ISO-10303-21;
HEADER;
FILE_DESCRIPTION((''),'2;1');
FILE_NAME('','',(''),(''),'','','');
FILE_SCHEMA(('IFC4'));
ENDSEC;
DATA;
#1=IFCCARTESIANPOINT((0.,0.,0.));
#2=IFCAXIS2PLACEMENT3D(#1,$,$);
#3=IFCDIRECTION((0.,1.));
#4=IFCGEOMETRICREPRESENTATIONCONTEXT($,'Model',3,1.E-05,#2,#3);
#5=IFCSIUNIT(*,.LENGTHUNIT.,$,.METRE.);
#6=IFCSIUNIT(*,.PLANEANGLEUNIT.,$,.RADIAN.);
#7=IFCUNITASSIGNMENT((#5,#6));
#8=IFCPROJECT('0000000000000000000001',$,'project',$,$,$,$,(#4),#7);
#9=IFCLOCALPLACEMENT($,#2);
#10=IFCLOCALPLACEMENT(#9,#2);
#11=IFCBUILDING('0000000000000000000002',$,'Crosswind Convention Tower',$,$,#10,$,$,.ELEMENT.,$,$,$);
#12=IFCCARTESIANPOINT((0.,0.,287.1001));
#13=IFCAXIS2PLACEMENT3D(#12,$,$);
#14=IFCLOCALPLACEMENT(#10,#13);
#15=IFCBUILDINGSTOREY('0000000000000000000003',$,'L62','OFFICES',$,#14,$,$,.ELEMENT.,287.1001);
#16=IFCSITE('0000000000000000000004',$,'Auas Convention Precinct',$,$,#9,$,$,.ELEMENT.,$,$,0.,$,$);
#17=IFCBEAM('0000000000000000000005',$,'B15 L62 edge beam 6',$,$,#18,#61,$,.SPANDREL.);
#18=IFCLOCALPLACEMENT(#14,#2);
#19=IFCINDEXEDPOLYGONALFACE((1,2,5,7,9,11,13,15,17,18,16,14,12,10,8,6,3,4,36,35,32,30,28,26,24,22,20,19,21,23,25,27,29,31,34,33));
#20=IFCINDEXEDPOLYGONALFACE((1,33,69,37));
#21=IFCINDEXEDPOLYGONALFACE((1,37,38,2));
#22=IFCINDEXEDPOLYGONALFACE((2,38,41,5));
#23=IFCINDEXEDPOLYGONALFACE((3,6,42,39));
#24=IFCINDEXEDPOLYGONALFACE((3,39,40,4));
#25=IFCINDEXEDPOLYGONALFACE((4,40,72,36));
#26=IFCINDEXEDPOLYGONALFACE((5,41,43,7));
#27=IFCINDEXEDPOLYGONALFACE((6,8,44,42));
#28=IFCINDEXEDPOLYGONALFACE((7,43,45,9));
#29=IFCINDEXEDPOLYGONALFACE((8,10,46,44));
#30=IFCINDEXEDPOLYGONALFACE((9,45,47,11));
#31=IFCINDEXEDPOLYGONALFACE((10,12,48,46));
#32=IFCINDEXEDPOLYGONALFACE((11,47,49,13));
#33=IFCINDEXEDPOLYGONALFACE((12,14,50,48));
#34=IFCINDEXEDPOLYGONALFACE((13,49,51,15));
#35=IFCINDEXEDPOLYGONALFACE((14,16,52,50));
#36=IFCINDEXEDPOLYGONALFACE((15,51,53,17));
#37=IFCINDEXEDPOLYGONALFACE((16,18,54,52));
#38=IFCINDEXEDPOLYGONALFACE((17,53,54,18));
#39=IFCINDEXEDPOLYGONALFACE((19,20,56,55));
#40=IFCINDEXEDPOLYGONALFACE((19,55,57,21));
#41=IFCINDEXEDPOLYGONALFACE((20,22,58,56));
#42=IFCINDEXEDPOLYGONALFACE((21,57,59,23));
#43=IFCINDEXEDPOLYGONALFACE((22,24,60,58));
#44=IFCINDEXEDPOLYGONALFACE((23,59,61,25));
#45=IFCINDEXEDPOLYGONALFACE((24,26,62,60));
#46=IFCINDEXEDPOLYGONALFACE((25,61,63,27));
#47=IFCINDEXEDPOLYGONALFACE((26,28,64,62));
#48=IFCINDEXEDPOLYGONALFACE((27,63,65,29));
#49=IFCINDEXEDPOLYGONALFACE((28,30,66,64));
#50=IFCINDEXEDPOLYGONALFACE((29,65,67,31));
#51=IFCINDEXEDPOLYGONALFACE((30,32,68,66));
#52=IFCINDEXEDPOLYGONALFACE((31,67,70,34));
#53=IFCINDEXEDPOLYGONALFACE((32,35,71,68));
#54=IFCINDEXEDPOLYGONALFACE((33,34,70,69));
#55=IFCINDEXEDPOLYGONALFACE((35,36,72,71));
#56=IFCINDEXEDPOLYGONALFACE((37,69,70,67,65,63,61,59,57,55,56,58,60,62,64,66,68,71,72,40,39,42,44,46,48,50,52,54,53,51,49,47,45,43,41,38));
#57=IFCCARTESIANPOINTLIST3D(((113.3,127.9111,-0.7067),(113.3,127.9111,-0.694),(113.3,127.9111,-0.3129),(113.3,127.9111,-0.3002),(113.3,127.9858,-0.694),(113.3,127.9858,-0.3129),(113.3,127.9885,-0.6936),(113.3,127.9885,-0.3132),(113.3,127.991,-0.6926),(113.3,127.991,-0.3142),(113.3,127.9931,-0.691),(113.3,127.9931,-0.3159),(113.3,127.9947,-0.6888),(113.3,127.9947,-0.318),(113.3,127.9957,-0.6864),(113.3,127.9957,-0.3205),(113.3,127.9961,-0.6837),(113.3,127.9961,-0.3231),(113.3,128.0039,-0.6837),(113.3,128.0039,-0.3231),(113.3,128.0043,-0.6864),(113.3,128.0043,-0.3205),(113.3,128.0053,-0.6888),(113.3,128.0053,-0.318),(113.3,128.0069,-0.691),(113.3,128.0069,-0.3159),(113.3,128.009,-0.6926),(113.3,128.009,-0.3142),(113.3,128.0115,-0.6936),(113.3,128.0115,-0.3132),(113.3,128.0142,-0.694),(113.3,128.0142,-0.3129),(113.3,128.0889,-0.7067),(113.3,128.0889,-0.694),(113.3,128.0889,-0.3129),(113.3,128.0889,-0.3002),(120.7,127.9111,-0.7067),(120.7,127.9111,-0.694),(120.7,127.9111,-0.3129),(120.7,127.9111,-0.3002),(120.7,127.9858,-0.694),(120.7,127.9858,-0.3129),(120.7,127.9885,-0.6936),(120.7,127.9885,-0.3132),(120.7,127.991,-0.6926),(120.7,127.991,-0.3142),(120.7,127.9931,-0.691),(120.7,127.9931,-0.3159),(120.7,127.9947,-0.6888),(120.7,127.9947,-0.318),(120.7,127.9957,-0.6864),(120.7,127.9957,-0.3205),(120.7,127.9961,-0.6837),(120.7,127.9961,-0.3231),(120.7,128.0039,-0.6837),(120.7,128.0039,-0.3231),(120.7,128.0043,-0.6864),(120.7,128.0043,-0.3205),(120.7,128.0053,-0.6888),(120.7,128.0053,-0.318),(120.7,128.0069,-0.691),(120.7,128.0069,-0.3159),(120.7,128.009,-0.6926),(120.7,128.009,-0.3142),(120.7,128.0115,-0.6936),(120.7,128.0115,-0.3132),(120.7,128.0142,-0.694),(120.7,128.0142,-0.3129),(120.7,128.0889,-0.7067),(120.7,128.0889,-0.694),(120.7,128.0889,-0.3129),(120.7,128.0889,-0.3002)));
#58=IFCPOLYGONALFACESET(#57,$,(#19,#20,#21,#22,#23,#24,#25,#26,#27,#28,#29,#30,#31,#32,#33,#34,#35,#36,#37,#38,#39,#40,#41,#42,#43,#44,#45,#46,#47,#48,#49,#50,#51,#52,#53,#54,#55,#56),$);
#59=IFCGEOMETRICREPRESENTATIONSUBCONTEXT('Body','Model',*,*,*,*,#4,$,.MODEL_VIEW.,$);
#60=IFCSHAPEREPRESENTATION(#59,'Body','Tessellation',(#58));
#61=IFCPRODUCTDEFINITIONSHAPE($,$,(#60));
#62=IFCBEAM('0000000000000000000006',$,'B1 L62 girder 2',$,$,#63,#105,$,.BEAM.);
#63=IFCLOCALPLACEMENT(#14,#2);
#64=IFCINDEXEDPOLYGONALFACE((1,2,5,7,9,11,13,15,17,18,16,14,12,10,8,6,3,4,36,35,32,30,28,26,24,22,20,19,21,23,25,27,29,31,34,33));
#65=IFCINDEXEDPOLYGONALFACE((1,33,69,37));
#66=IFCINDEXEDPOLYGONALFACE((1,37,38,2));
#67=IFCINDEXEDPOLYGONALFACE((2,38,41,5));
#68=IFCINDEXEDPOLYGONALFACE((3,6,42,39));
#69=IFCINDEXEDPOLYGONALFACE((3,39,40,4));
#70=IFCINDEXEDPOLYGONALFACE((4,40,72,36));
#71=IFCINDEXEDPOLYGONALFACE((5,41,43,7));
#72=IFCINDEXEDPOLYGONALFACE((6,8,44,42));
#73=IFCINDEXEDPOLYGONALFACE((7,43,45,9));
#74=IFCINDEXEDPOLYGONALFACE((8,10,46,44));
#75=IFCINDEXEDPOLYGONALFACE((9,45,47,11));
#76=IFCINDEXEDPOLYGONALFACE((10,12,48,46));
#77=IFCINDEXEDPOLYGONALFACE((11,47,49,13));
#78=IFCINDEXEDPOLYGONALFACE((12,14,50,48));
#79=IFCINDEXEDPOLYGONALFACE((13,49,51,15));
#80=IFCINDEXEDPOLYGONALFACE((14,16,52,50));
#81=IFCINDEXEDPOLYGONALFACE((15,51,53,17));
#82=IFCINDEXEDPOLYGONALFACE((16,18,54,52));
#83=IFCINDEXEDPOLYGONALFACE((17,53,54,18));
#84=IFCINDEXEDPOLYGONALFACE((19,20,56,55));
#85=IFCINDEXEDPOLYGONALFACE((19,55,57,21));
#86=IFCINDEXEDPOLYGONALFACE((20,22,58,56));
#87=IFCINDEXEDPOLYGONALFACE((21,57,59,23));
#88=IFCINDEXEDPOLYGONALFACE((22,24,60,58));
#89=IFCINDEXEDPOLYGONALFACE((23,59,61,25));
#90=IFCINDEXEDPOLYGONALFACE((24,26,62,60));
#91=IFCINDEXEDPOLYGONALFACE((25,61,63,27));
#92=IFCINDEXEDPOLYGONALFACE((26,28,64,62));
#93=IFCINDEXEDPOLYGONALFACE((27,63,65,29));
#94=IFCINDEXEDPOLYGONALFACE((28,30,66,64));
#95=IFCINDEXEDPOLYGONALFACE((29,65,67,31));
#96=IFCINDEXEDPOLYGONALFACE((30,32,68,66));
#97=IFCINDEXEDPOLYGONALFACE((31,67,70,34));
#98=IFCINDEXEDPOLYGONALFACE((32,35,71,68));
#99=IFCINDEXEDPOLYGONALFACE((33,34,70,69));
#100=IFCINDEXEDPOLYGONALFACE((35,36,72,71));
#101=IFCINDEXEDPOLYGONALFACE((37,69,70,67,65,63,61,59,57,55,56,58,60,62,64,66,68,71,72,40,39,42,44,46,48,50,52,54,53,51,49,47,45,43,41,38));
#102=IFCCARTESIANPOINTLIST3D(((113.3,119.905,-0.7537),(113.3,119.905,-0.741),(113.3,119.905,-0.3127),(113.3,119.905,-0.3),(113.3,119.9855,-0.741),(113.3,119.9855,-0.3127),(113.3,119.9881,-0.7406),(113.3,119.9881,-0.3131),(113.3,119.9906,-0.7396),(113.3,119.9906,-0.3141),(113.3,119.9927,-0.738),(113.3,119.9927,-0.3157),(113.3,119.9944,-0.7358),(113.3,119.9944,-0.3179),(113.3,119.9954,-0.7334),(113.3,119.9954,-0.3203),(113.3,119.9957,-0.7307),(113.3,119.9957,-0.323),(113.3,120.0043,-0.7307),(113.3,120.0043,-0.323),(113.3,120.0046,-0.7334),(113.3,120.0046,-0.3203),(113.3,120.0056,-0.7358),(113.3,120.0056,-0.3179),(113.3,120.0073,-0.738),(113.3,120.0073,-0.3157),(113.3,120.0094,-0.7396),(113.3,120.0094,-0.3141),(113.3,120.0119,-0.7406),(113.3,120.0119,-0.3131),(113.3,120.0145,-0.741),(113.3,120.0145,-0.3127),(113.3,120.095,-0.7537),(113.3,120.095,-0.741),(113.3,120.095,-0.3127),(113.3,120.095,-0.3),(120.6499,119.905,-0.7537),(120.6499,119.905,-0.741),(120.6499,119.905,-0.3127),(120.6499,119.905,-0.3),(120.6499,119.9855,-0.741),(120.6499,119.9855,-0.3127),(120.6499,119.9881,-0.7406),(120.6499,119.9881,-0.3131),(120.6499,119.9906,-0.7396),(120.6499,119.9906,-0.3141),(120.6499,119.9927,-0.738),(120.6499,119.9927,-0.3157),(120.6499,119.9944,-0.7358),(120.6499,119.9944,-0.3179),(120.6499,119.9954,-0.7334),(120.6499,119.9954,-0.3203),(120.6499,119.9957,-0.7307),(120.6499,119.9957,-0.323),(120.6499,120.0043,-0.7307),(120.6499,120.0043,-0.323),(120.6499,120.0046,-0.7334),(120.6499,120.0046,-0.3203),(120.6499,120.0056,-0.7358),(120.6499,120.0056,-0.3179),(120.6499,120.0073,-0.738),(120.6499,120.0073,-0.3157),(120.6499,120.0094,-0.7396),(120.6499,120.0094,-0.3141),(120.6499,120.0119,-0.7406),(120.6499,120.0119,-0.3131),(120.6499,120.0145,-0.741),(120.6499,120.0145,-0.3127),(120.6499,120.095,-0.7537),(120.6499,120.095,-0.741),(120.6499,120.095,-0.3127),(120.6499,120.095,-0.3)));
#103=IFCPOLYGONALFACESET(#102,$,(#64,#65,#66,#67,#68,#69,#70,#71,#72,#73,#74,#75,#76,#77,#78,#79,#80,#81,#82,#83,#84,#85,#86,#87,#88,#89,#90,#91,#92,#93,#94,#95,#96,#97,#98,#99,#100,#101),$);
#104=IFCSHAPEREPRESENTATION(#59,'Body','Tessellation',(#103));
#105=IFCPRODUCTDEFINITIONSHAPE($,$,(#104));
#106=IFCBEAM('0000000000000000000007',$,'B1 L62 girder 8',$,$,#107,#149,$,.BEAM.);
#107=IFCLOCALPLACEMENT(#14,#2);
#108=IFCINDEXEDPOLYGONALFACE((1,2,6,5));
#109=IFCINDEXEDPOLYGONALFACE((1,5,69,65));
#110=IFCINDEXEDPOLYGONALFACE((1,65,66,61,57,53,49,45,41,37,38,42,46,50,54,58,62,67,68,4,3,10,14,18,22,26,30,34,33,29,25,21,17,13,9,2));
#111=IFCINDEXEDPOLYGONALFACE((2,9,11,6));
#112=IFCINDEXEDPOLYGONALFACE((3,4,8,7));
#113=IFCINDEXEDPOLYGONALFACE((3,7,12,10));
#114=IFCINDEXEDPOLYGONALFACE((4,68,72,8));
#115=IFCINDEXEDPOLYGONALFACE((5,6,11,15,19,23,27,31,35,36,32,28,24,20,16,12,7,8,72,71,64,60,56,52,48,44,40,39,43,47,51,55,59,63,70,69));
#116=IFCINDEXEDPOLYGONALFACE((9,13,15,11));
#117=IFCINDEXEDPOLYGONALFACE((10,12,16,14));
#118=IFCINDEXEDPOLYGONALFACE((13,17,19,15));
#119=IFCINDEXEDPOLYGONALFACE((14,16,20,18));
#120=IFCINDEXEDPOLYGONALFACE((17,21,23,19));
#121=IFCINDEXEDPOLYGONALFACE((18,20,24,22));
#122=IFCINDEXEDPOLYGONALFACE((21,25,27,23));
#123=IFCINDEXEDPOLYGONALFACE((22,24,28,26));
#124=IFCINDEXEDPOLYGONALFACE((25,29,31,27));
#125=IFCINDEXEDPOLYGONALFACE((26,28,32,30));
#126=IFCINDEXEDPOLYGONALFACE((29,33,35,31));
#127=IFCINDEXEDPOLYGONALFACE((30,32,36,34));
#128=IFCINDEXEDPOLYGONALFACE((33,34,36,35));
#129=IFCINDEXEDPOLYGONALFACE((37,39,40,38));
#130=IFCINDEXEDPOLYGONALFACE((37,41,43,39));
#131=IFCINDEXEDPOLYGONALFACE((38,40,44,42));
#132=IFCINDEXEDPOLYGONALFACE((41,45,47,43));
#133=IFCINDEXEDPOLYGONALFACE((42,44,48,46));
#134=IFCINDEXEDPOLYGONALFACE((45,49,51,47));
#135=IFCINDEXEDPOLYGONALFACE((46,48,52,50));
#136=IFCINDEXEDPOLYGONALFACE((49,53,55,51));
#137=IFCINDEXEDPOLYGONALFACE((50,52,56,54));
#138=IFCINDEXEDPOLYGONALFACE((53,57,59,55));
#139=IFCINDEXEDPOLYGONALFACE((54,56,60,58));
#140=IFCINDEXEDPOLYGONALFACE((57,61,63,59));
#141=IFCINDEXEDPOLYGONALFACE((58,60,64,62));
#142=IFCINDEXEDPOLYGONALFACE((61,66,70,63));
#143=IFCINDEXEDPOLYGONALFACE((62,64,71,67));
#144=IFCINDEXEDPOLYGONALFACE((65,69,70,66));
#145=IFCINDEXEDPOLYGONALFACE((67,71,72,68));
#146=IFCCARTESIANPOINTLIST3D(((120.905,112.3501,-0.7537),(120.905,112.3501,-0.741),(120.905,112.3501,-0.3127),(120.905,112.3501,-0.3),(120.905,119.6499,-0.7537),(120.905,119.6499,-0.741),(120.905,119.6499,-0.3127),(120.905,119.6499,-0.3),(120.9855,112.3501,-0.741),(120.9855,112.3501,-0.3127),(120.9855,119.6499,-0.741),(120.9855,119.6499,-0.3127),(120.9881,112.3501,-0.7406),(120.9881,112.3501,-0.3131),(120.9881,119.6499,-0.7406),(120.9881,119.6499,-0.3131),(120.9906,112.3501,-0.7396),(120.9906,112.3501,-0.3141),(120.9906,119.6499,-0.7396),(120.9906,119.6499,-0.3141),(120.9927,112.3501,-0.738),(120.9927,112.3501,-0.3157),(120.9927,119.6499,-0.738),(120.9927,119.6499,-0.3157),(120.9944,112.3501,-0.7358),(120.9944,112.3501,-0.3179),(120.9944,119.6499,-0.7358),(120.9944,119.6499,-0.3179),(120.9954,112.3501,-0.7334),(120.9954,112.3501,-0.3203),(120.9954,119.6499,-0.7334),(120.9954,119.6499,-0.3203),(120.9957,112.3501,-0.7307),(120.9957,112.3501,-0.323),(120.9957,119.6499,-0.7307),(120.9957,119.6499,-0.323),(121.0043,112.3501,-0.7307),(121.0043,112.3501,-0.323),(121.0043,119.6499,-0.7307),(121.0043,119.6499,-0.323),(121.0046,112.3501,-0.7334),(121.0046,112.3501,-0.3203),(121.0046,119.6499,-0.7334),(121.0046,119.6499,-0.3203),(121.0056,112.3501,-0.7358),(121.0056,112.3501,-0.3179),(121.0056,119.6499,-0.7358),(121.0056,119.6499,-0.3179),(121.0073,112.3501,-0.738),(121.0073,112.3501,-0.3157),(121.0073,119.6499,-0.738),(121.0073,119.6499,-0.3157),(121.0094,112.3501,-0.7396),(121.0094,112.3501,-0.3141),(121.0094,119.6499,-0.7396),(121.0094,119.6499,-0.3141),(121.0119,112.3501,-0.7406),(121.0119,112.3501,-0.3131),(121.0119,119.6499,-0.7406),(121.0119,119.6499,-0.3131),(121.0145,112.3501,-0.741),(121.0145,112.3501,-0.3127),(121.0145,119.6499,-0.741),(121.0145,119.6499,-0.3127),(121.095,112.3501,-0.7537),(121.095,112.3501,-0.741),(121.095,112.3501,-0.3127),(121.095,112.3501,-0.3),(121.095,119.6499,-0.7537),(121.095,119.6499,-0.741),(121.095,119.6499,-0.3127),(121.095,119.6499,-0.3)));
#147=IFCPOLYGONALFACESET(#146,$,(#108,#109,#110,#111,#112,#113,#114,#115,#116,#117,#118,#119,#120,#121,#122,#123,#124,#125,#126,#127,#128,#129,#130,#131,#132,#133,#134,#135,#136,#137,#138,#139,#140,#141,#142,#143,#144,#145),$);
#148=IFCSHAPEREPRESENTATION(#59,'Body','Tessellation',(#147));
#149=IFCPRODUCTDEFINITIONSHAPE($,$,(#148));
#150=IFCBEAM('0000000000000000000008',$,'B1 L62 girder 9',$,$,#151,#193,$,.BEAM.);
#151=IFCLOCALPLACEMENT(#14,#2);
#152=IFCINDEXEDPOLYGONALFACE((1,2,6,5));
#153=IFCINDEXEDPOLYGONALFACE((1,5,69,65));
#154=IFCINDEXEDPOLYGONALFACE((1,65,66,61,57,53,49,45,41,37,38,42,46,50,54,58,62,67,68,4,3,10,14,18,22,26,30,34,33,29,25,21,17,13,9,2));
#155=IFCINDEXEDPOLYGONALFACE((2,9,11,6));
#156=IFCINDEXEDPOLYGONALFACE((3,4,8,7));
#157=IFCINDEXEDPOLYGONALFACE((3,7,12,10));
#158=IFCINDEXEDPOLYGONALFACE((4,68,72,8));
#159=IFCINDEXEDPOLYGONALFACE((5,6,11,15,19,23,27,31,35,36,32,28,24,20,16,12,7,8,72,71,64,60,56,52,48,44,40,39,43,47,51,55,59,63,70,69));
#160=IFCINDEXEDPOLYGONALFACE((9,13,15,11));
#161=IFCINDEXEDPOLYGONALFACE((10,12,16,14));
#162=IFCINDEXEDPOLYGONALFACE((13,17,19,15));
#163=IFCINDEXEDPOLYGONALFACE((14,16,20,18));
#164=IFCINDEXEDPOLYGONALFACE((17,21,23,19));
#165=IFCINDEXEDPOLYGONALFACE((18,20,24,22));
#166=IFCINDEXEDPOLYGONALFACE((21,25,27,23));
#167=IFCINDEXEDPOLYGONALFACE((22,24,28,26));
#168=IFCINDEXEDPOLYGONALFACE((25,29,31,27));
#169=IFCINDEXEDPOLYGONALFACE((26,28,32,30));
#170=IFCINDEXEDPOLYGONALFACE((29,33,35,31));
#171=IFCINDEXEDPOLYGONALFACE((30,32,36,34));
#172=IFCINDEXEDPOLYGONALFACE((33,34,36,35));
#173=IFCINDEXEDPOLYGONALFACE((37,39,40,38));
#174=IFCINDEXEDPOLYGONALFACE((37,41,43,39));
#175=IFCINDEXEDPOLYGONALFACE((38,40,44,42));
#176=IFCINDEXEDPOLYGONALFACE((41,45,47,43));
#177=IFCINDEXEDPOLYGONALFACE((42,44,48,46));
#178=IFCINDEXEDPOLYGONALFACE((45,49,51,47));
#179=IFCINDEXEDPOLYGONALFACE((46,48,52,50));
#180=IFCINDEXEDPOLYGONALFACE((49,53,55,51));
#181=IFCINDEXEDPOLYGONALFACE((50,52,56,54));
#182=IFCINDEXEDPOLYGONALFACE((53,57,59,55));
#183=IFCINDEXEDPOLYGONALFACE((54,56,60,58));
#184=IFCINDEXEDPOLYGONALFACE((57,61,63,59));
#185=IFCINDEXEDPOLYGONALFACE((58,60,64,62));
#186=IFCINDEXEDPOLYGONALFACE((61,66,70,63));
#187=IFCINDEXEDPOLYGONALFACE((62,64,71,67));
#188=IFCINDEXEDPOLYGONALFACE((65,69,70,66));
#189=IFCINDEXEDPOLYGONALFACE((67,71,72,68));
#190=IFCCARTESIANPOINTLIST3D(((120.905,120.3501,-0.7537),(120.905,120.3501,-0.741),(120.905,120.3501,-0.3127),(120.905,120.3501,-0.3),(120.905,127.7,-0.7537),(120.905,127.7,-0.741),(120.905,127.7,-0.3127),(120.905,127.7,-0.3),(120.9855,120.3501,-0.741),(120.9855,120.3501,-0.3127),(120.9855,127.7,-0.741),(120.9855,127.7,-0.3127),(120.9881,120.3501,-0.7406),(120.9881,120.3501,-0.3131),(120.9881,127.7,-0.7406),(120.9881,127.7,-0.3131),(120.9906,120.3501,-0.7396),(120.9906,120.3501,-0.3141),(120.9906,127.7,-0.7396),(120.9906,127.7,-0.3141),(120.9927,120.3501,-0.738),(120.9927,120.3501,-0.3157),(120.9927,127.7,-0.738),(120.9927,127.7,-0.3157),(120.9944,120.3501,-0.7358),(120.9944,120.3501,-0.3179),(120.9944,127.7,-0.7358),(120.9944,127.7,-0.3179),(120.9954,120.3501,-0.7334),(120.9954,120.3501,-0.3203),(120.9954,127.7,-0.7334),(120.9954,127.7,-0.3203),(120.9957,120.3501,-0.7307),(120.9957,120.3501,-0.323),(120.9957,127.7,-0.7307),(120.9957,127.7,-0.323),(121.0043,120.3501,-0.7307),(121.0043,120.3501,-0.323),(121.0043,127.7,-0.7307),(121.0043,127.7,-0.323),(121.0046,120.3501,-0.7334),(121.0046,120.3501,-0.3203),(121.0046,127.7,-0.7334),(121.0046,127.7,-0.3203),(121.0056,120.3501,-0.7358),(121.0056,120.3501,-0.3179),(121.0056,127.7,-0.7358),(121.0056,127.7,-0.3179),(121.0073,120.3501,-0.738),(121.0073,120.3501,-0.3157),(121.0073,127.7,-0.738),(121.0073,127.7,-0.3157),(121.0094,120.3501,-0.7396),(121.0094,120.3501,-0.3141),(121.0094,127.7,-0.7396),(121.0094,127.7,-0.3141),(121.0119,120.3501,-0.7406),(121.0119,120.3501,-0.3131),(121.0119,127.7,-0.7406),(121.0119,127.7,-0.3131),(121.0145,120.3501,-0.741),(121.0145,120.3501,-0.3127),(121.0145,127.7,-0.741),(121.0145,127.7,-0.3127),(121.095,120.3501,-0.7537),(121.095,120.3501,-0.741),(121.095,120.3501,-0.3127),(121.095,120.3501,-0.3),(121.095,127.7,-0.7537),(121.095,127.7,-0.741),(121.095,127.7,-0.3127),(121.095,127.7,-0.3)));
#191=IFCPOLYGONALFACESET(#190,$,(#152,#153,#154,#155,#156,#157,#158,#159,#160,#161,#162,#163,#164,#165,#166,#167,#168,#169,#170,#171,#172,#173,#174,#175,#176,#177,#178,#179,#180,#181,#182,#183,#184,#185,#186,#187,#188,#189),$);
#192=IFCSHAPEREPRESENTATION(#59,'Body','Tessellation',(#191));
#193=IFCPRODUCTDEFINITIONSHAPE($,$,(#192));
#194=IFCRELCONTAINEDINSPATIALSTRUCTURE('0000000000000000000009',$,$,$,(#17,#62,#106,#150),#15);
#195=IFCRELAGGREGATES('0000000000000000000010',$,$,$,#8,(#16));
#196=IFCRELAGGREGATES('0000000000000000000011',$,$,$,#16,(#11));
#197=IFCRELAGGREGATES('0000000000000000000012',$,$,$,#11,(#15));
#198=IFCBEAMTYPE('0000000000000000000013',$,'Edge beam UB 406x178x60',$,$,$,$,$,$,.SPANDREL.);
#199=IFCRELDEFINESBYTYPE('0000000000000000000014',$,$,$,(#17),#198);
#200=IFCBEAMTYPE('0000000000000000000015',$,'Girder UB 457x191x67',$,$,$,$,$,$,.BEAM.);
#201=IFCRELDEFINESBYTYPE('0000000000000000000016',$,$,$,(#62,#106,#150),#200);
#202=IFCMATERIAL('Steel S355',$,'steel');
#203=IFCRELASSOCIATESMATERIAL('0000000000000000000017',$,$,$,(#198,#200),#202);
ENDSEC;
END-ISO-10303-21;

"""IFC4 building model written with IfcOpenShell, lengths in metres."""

from ifc_helpers import new_model, si_unit, direction, frame, origin, origin_2d, place, context, subcontext, project, spatial, i_section, extrude, material, material_profile, profile_set, type_object, element, save


model = new_model("IFC4")

# Units and contexts
model_context = context("Model", 3, precision=1e-05, world=origin(), true_north=direction((0.0, 1.0)))
body_context = subcontext(model_context, "Body", "Model", "MODEL_VIEW")
ifc_project = project(units=[si_unit("LENGTHUNIT", "METRE"), si_unit("PLANEANGLEUNIT", "RADIAN")], contexts=[model_context])

# Site, building, storey
site_placement = place(None, origin())
site = spatial("IfcSite", under=ifc_project, at=site_placement, Name="Auas Convention Precinct", CompositionType="ELEMENT", RefElevation=0.0)
building_placement = place(site_placement, origin())
building = spatial("IfcBuilding", under=site, at=building_placement, Name="Crosswind Convention Tower", CompositionType="ELEMENT")
storey_placement = place(building_placement, frame((0.0, 0.0, 287.1001)))
storey = spatial("IfcBuildingStorey", under=building, at=storey_placement, Name="L62", Description="OFFICES", CompositionType="ELEMENT", Elevation=287.1001)

# Beams
ifc_material_1 = material(Name="Steel S355", Category="steel")
ifc_material_profile_1 = material_profile(ifc_material_1, i_section(OverallWidth=0.1777, OverallDepth=0.4065, WebThickness=0.0078, FlangeThickness=0.0127, FilletRadius=0.0103, at=origin_2d()), Name="UB 406x178x60")
ifc_profile_set_1 = profile_set([ifc_material_profile_1], Name="Steel S355")
beam_type_1 = type_object("IfcBeamType", Name="Edge beam UB 406x178x60", PredefinedType="SPANDREL", material=ifc_profile_set_1)
for number, where, z_axis, x_axis, name in (
    (1, (113.3, 128.0, -0.5034), (1.0, 0.0, 0.0), (0.0, 1.0, 0.0), "B15 L62 edge beam 6"),
):
    element("IfcBeam", number, at=place(storey_placement, frame(where, z_axis=z_axis, x_axis=x_axis)), inside=storey, type_object=beam_type_1, Name=name, PredefinedType="SPANDREL", context=body_context, shape_type="SweptSolid", body=[
        extrude(i_section(OverallWidth=0.1777, OverallDepth=0.4065, WebThickness=0.0078, FlangeThickness=0.0127, FilletRadius=0.0103, at=origin_2d()), origin(), (0.0, 0.0, 1.0), 7.3999),
    ])
ifc_material_profile_2 = material_profile(ifc_material_1, i_section(OverallWidth=0.1899, OverallDepth=0.4536, WebThickness=0.0085, FlangeThickness=0.0127, FilletRadius=0.0103, at=origin_2d()), Name="UB 457x191x67")
ifc_profile_set_2 = profile_set([ifc_material_profile_2], Name="Steel S355")
beam_type_2 = type_object("IfcBeamType", Name="Girder UB 457x191x67", PredefinedType="BEAM", material=ifc_profile_set_2)
beam_1_placement = place(storey_placement, frame((113.3, 120.0, -0.5269), z_axis=(1.0, 0.0, 0.0), x_axis=(0.0, 1.0, 0.0)))
element("IfcBeam", 2, at=beam_1_placement, inside=storey, type_object=beam_type_2, Name="B1 L62 girder 2", PredefinedType="BEAM", context=body_context, shape_type="SweptSolid", body=[
    extrude(i_section(OverallWidth=0.1899, OverallDepth=0.4536, WebThickness=0.0085, FlangeThickness=0.0127, FilletRadius=0.0103, at=origin_2d()), origin(), (0.0, 0.0, 1.0), 7.3499),
])
beam_2_placement = place(storey_placement, frame((121.0, 112.3501, -0.5269), z_axis=(0.0, 1.0, 0.0), x_axis=(-1.0, 0.0, 0.0)))
element("IfcBeam", 3, at=beam_2_placement, inside=storey, type_object=beam_type_2, Name="B1 L62 girder 8", PredefinedType="BEAM", context=body_context, shape_type="SweptSolid", body=[
    extrude(i_section(OverallWidth=0.1899, OverallDepth=0.4536, WebThickness=0.0085, FlangeThickness=0.0127, FilletRadius=0.0103, at=origin_2d()), origin(), (0.0, 0.0, 1.0), 7.2998),
])
beam_3_placement = place(storey_placement, frame((121.0, 120.3501, -0.5269), z_axis=(0.0, 1.0, 0.0), x_axis=(-1.0, 0.0, 0.0)))
element("IfcBeam", 4, at=beam_3_placement, inside=storey, type_object=beam_type_2, Name="B1 L62 girder 9", PredefinedType="BEAM", context=body_context, shape_type="SweptSolid", body=[
    extrude(i_section(OverallWidth=0.1899, OverallDepth=0.4536, WebThickness=0.0085, FlangeThickness=0.0127, FilletRadius=0.0103, at=origin_2d()), origin(), (0.0, 0.0, 1.0), 7.3499),
])

save(model, "model.ifc")
